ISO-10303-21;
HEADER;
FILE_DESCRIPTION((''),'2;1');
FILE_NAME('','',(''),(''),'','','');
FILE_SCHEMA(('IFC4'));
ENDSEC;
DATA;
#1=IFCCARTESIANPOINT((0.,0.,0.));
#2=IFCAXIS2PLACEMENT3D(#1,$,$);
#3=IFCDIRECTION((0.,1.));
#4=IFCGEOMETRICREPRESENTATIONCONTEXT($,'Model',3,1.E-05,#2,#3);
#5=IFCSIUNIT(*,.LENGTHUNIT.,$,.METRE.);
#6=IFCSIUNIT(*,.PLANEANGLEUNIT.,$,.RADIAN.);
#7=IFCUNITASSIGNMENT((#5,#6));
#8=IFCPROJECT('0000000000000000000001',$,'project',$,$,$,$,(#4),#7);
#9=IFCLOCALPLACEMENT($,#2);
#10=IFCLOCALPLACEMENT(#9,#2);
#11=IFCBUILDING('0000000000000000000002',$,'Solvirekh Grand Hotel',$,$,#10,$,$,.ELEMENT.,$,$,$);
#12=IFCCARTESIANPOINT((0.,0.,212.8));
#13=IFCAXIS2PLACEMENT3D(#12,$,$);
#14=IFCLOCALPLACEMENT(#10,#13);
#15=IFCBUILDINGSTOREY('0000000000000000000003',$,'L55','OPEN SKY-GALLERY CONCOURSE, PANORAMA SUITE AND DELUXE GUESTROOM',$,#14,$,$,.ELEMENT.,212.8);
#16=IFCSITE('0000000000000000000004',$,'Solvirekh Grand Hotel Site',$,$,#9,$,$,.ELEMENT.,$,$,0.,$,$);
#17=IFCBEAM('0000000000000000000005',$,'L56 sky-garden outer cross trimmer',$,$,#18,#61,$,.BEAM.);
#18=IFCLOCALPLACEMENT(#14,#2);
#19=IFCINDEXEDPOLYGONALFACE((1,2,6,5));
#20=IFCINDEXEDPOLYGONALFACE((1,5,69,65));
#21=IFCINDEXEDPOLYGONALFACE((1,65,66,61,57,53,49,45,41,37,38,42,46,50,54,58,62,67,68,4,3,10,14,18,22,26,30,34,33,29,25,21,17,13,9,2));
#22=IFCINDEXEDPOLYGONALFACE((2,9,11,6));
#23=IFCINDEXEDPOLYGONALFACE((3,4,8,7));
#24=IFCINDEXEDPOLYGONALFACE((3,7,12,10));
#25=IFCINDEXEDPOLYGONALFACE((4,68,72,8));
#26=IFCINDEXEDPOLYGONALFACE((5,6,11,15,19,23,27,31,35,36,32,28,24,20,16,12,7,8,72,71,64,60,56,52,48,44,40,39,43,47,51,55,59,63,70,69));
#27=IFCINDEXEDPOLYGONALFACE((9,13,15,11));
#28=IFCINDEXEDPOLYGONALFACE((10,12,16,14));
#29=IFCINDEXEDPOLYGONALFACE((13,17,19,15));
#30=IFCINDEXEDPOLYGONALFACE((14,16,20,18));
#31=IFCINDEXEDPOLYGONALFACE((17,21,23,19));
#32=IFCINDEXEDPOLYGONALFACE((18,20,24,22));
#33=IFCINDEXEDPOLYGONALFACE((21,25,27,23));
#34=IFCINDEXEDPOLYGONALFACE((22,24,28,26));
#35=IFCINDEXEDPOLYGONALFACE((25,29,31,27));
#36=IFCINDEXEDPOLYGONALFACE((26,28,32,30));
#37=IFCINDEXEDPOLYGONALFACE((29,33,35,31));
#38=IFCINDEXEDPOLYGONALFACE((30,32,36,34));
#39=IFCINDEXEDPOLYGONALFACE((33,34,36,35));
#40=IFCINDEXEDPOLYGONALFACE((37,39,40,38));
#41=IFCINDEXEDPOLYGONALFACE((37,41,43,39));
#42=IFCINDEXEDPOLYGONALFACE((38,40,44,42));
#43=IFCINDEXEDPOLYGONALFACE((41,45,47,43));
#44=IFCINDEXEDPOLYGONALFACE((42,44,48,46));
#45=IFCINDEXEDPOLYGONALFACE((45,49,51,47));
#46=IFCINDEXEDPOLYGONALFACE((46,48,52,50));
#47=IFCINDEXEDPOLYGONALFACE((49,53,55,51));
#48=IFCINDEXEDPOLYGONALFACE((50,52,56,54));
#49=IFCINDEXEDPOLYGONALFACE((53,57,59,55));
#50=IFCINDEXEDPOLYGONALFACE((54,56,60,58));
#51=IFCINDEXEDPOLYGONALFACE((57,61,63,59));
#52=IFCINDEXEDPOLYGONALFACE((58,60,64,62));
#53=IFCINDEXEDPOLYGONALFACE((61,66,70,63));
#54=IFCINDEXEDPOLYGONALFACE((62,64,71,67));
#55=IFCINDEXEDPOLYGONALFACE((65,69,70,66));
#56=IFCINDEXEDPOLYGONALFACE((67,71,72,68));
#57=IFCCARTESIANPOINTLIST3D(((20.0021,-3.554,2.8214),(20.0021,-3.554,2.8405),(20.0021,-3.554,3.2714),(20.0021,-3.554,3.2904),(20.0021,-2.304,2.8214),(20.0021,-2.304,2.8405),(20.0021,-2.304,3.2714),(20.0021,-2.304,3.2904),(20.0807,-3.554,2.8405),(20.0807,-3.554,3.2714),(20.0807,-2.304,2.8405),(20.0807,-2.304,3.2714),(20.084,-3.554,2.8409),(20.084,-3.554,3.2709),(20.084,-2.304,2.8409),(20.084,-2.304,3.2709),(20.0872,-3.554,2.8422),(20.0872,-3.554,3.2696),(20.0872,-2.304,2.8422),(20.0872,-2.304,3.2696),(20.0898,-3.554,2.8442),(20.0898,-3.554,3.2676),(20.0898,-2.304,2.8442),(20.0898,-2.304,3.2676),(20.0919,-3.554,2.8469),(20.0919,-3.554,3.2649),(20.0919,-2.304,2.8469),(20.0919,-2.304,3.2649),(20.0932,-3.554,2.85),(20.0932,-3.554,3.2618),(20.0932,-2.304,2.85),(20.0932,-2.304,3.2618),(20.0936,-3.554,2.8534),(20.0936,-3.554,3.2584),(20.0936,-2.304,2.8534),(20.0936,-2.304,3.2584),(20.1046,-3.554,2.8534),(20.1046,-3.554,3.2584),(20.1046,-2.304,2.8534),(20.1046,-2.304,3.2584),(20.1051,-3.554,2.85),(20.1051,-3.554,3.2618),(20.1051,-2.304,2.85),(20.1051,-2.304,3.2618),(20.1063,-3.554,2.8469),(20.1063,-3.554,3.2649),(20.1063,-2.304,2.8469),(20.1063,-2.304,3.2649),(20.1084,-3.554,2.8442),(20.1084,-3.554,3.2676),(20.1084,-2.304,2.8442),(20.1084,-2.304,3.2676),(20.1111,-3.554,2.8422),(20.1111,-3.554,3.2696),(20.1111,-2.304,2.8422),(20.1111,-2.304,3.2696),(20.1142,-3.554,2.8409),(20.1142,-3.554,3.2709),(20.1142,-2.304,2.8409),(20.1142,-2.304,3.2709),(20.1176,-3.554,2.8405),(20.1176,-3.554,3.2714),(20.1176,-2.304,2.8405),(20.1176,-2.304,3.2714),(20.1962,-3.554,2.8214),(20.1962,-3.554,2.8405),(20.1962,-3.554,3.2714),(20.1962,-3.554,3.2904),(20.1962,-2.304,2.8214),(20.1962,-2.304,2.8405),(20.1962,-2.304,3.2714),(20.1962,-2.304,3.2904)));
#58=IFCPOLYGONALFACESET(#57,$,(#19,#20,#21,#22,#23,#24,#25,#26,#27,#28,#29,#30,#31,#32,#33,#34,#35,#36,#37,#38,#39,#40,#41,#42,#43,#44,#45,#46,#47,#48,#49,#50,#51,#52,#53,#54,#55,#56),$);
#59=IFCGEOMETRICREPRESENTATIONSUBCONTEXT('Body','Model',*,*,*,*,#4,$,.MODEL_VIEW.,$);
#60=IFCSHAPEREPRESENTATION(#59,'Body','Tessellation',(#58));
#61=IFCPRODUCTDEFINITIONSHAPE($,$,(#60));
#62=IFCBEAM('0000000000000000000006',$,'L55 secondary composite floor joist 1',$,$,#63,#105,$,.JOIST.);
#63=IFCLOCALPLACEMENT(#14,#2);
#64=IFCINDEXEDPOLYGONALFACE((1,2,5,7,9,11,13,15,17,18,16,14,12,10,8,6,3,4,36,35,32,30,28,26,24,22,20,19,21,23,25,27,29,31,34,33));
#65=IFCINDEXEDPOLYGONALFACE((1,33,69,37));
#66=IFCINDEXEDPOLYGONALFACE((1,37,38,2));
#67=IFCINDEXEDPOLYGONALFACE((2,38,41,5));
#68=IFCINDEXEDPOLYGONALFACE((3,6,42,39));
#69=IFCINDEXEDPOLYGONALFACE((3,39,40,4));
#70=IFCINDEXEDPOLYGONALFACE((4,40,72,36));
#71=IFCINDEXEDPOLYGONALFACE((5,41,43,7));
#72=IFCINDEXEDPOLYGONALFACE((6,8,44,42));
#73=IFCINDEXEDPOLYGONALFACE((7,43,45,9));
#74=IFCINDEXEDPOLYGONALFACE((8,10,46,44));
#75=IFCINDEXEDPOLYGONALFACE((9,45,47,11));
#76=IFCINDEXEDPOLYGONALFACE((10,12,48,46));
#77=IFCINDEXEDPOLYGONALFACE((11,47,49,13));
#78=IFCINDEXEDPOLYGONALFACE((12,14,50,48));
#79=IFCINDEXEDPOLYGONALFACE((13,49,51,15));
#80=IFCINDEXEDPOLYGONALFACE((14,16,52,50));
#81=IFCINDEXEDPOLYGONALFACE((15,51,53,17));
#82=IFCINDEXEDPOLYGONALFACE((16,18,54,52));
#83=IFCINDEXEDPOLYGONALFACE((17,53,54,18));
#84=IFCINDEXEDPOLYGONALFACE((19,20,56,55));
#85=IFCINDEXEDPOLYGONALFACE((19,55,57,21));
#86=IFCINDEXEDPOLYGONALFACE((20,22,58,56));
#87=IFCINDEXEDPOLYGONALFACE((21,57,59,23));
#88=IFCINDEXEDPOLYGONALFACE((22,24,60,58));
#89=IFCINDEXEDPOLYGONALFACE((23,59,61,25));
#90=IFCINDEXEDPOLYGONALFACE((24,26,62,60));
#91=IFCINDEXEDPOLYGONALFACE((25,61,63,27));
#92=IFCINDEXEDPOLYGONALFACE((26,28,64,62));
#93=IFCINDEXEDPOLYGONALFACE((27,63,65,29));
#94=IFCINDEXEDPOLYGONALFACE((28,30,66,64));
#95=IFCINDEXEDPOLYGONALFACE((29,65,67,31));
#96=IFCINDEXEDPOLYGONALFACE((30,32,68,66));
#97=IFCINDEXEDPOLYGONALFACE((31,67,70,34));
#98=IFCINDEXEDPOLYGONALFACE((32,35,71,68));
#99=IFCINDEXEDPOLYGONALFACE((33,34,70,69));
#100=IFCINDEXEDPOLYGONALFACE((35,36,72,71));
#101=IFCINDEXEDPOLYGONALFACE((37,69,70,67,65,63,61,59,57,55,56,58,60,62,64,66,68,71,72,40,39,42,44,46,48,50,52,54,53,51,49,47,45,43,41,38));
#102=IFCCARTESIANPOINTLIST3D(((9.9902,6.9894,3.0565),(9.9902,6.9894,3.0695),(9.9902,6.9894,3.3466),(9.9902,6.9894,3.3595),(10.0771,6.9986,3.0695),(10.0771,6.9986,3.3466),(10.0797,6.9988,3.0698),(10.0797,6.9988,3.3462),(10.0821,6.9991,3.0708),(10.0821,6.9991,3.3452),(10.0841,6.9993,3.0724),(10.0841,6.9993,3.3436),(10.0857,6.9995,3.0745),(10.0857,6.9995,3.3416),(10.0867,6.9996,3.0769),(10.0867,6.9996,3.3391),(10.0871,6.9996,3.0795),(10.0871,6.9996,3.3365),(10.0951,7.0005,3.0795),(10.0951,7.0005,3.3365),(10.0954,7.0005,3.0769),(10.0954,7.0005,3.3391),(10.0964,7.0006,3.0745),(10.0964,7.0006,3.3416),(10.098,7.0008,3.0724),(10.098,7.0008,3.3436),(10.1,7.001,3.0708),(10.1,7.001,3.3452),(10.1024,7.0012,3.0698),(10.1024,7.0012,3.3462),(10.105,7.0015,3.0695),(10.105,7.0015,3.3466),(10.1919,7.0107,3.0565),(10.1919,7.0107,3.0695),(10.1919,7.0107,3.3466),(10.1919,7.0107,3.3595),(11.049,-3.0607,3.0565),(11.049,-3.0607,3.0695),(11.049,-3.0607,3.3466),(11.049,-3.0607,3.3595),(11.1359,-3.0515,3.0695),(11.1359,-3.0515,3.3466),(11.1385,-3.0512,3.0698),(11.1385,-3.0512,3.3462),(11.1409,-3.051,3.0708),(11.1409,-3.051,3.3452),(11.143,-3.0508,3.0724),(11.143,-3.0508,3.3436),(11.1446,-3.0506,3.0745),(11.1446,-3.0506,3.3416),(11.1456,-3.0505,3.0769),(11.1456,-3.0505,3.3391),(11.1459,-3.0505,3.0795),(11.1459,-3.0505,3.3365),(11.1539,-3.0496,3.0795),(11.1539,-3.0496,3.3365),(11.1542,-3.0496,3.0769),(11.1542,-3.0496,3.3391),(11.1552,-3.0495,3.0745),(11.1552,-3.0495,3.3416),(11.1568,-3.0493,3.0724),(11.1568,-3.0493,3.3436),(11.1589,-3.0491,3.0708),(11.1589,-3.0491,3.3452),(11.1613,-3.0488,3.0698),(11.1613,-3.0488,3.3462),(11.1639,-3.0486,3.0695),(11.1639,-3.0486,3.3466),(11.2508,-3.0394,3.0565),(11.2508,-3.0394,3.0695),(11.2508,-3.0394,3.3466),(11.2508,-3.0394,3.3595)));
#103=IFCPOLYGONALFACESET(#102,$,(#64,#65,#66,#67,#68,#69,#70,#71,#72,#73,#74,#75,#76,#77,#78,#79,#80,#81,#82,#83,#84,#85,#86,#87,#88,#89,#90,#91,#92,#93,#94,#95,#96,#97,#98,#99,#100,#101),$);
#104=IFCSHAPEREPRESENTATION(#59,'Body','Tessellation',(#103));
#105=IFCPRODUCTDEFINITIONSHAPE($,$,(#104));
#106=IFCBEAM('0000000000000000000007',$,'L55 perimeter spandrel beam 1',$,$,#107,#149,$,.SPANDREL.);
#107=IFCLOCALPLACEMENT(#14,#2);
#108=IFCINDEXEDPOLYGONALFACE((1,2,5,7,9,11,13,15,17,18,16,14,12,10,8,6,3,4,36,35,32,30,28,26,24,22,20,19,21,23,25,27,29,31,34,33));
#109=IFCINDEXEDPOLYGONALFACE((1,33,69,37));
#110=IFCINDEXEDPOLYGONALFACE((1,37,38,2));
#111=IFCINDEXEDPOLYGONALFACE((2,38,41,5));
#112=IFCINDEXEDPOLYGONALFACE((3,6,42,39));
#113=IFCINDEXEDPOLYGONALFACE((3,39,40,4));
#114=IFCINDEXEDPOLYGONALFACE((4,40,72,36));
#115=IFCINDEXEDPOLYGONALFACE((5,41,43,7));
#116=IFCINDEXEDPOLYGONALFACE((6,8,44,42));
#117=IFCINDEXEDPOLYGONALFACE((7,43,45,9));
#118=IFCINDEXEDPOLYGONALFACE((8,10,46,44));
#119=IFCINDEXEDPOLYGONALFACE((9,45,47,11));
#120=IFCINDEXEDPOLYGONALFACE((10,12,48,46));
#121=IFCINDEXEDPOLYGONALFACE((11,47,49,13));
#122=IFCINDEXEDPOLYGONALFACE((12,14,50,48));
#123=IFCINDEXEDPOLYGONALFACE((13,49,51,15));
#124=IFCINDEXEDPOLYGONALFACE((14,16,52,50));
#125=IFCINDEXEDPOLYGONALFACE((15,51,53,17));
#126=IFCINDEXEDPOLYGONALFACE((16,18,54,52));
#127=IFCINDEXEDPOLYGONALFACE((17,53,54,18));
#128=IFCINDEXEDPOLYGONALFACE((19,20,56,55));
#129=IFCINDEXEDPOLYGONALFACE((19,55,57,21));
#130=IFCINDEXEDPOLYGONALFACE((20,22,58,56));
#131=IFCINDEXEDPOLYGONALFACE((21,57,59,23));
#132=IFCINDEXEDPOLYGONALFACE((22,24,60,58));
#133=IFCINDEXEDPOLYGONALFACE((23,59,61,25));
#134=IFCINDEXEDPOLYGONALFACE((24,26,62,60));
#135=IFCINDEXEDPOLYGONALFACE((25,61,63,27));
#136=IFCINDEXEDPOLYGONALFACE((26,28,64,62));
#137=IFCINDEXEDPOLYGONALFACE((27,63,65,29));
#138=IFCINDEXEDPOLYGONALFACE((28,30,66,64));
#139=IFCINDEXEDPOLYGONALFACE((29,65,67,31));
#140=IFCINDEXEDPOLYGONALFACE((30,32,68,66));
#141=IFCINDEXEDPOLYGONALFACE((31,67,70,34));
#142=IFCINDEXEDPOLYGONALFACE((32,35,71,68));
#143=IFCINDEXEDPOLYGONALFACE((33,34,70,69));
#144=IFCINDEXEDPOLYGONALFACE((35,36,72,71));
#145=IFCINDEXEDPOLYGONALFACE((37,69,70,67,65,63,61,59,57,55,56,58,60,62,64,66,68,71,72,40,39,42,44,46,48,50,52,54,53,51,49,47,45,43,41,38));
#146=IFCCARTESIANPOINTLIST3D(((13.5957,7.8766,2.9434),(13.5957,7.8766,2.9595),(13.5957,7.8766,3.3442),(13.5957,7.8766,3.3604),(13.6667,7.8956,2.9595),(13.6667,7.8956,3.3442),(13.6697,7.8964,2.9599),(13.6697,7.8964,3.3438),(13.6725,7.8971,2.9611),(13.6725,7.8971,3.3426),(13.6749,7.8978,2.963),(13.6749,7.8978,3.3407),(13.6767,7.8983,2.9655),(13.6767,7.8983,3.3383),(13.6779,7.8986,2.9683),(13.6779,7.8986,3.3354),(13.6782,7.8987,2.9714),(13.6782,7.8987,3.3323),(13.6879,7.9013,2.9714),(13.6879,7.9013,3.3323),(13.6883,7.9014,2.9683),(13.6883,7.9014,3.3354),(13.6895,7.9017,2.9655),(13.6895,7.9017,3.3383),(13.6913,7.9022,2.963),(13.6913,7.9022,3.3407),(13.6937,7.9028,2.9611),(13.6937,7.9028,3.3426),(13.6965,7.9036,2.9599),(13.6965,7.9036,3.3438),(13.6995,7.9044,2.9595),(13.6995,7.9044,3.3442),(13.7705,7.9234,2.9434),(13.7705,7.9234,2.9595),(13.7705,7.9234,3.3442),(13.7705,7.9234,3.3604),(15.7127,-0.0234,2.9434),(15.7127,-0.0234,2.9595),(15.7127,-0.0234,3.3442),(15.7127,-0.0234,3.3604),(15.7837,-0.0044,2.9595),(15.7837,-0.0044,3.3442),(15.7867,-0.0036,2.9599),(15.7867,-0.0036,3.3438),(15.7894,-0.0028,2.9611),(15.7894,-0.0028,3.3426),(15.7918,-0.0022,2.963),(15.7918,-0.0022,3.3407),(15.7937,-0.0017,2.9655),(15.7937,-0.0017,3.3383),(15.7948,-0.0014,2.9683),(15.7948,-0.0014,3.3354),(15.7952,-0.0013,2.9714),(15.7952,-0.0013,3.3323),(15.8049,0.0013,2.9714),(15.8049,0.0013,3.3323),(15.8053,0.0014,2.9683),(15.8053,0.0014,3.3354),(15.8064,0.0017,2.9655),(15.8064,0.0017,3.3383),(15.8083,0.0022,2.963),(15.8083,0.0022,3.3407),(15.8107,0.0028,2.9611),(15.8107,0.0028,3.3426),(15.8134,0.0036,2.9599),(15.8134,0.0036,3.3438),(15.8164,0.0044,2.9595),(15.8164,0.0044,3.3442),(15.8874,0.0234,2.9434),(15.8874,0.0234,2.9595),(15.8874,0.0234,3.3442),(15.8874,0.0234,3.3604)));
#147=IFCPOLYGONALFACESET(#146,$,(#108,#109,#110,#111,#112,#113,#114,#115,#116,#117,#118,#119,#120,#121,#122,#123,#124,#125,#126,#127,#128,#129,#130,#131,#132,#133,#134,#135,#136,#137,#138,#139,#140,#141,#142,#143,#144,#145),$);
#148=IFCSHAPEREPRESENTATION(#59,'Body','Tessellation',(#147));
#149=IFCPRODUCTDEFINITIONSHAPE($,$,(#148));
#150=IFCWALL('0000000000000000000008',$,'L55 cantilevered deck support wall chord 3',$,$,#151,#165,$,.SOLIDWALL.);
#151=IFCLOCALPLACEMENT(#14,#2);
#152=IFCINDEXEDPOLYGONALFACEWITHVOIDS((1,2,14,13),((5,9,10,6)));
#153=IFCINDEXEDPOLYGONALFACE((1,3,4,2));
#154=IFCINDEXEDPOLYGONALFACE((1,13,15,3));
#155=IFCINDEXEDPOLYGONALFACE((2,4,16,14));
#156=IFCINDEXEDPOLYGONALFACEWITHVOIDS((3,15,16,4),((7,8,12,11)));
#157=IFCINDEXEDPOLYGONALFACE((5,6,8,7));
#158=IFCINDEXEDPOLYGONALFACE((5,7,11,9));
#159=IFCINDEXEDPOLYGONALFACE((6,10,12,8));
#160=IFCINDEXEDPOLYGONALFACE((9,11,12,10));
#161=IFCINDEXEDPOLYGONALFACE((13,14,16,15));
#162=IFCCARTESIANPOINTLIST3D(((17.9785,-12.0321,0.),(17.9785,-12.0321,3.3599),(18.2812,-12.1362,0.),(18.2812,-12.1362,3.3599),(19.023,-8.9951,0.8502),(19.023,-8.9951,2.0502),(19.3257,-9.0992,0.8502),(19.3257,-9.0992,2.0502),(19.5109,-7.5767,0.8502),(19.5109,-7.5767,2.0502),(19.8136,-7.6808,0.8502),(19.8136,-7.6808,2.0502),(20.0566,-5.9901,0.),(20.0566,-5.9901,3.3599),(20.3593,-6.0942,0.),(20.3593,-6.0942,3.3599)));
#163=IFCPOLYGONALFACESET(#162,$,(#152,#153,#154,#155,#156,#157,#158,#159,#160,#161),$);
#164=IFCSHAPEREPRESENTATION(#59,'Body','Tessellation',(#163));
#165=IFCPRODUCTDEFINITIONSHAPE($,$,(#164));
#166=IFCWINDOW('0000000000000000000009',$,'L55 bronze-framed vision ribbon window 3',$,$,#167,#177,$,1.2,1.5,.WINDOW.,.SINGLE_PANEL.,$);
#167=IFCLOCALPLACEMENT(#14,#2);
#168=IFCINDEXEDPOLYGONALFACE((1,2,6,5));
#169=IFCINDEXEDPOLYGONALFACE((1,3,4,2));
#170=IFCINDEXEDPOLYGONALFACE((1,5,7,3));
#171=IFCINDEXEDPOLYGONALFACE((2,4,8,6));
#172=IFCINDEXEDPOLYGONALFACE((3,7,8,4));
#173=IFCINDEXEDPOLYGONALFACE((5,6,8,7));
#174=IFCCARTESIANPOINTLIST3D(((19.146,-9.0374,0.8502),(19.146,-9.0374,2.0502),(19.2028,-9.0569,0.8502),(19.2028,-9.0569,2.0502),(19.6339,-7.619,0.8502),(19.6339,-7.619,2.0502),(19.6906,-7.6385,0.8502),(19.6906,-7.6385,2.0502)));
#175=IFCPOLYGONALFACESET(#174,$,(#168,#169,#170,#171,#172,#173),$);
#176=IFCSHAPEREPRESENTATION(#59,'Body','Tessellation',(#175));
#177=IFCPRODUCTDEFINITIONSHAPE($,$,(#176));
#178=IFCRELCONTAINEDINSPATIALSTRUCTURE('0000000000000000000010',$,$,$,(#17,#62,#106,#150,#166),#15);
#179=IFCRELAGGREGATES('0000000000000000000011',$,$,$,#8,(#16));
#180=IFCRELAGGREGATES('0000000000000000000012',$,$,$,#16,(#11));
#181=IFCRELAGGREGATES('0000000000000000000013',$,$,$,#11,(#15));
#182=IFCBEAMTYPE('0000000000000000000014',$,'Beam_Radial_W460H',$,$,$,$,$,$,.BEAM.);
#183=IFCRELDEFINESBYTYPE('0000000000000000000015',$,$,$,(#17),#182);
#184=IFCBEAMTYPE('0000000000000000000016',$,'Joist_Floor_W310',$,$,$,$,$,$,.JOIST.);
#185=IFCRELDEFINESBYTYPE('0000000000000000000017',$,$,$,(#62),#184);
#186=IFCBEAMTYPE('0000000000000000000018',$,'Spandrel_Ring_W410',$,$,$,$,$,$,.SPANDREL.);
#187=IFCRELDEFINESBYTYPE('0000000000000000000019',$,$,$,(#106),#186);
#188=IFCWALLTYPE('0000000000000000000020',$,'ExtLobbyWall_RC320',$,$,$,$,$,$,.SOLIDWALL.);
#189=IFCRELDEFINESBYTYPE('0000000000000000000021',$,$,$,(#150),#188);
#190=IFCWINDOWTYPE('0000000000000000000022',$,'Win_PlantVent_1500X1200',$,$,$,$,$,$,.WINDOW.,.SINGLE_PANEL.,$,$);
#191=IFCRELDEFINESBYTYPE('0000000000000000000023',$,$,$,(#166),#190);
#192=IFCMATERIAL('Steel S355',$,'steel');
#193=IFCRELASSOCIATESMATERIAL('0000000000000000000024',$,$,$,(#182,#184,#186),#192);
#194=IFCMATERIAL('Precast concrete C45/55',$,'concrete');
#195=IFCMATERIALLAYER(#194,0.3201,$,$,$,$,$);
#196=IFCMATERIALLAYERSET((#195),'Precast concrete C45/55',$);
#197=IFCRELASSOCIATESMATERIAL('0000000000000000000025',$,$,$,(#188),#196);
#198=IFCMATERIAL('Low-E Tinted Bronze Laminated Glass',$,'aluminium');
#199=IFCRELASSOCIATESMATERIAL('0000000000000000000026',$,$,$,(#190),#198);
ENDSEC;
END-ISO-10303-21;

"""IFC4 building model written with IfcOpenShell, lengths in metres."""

from ifc_helpers import new_model, si_unit, direction, frame, frame_2d, origin, origin_2d, place, context, subcontext, project, spatial, rectangle, i_section, extrude, material, layer, layer_set, material_profile, profile_set, type_object, element, fill, save


model = new_model("IFC4")

# Units and contexts
model_context = context("Model", 3, precision=1e-05, world=origin(), true_north=direction((0.0, 1.0)))
body_context = subcontext(model_context, "Body", "Model", "MODEL_VIEW")
ifc_project = project(units=[si_unit("LENGTHUNIT", "METRE"), si_unit("PLANEANGLEUNIT", "RADIAN")], contexts=[model_context])

# Site, building, storey
site_placement = place(None, origin())
site = spatial("IfcSite", under=ifc_project, at=site_placement, Name="Solvirekh Grand Hotel Site", CompositionType="ELEMENT", RefElevation=0.0)
building_placement = place(site_placement, origin())
building = spatial("IfcBuilding", under=site, at=building_placement, Name="Solvirekh Grand Hotel", CompositionType="ELEMENT")
storey_placement = place(building_placement, frame((0.0, 0.0, 212.8)))
storey = spatial("IfcBuildingStorey", under=building, at=storey_placement, Name="L55", Description="OPEN SKY-GALLERY CONCOURSE, PANORAMA SUITE AND DELUXE GUESTROOM", CompositionType="ELEMENT", Elevation=212.8)

# Beams
ifc_material_1 = material(Name="Steel S355", Category="steel")
ifc_material_profile_1 = material_profile(ifc_material_1, i_section(OverallWidth=0.1941, OverallDepth=0.469, WebThickness=0.011, FlangeThickness=0.019, FilletRadius=0.0129, at=origin_2d()), Name="W460X106")
ifc_profile_set_1 = profile_set([ifc_material_profile_1], Name="Steel S355")
beam_type_1 = type_object("IfcBeamType", Name="Beam_Radial_W460H", PredefinedType="BEAM", material=ifc_profile_set_1)
beam_1_placement = place(storey_placement, frame((20.0991, -3.554, 3.0559), z_axis=(0.0, 1.0, 0.0), x_axis=(-1.0, 0.0, 0.0)))
element("IfcBeam", 1, at=beam_1_placement, inside=storey, type_object=beam_type_1, Name="L56 sky-garden outer cross trimmer", PredefinedType="BEAM", context=body_context, shape_type="SweptSolid", body=[
    extrude(i_section(OverallWidth=0.1941, OverallDepth=0.469, WebThickness=0.011, FlangeThickness=0.019, FilletRadius=0.0129, at=origin_2d()), origin(), (0.0, 0.0, 1.0), 1.25),
])
ifc_material_profile_2 = material_profile(ifc_material_1, i_section(OverallWidth=0.2029, OverallDepth=0.303, WebThickness=0.0081, FlangeThickness=0.0129, FilletRadius=0.01, at=origin_2d()), Name="W310X60")
ifc_profile_set_2 = profile_set([ifc_material_profile_2], Name="Steel S355")
beam_type_2 = type_object("IfcBeamType", Name="Joist_Floor_W310", PredefinedType="JOIST", material=ifc_profile_set_2)
beam_2_placement = place(storey_placement, frame((11.1499, -3.05, 3.208), z_axis=(-0.104777, 0.994496, 0.0), x_axis=(-0.994496, -0.104777, 0.0)))
element("IfcBeam", 2, at=beam_2_placement, inside=storey, type_object=beam_type_2, Name="L55 secondary composite floor joist 1", PredefinedType="JOIST", context=body_context, shape_type="SweptSolid", body=[
    extrude(i_section(OverallWidth=0.2029, OverallDepth=0.303, WebThickness=0.0081, FlangeThickness=0.0129, FilletRadius=0.01, at=origin_2d()), origin(), (0.0, 0.0, 1.0), 10.1057),
])
ifc_material_profile_3 = material_profile(ifc_material_1, i_section(OverallWidth=0.1809, OverallDepth=0.417, WebThickness=0.01, FlangeThickness=0.0161, FilletRadius=0.012, at=origin_2d()), Name="W410X85")
ifc_profile_set_3 = profile_set([ifc_material_profile_3], Name="Steel S355")
beam_type_3 = type_object("IfcBeamType", Name="Spandrel_Ring_W410", PredefinedType="SPANDREL", material=ifc_profile_set_3)
beam_3_placement = place(storey_placement, frame((15.8, 0.0, 3.1519), z_axis=(-0.258839, 0.965921, 0.0), x_axis=(-0.965921, -0.258839, 0.0)))
element("IfcBeam", 3, at=beam_3_placement, inside=storey, type_object=beam_type_3, Name="L55 perimeter spandrel beam 1", PredefinedType="SPANDREL", context=body_context, shape_type="SweptSolid", body=[
    extrude(i_section(OverallWidth=0.1809, OverallDepth=0.417, WebThickness=0.01, FlangeThickness=0.0161, FilletRadius=0.012, at=origin_2d()), origin(), (0.0, 0.0, 1.0), 8.1787),
])

# Wall, opening, window
ifc_material_2 = material(Name="Precast concrete C45/55", Category="concrete")
ifc_layer_1 = layer(ifc_material_2, 0.3201)
ifc_layer_set_1 = layer_set([ifc_layer_1], Name="Precast concrete C45/55")
wall_type_1 = type_object("IfcWallType", Name="ExtLobbyWall_RC320", PredefinedType="SOLIDWALL", material=ifc_layer_set_1)
wall_1_placement = place(storey_placement, frame((20.208, -6.042, 0.0), z_axis=(0.0, 0.0, 1.0), x_axis=(-0.325246, -0.945629, 0.0)))
wall_1 = element("IfcWall", 4, at=wall_1_placement, inside=storey, type_object=wall_type_1, Name="L55 cantilevered deck support wall chord 3", PredefinedType="SOLIDWALL", context=body_context, shape_type="SweptSolid", body=[
    extrude(rectangle(XDim=6.3894, YDim=0.3201, at=frame_2d((3.1948, 0.0))), origin(), (0.0, 0.0, 1.0), 3.3599),
])
opening_1_placement = place(wall_1_placement, frame((1.678, 0.0, 0.8501)))
opening_1 = element("IfcOpeningElement", 5, at=opening_1_placement, cuts=wall_1, PredefinedType="OPENING", context=body_context, shape_type="SweptSolid", body=[
    extrude(rectangle(XDim=1.5, YDim=1.2, at=frame_2d((0.75, 0.6001))), frame((0.0, 0.1699, 0.0), z_axis=(0.0, -1.0, 0.0), x_axis=(1.0, 0.0, 0.0)), (0.0, 0.0, 1.0), 0.3401),
])
ifc_material_3 = material(Name="Low-E Tinted Bronze Laminated Glass", Category="aluminium")
window_type = type_object("IfcWindowType", Name="Win_PlantVent_1500X1200", PartitioningType="SINGLE_PANEL", PredefinedType="WINDOW", material=ifc_material_3)
window_placement = place(opening_1_placement, origin())
window = element("IfcWindow", 6, at=window_placement, inside=storey, type_object=window_type, Name="L55 bronze-framed vision ribbon window 3", OverallHeight=1.2, OverallWidth=1.5, PartitioningType="SINGLE_PANEL", PredefinedType="WINDOW", context=body_context, shape_type="SweptSolid", body=[
    extrude(rectangle(XDim=1.5, YDim=1.2, at=frame_2d((0.75, 0.6001))), frame((0.0, 0.03, 0.0), z_axis=(0.0, -1.0, 0.0), x_axis=(1.0, 0.0, 0.0)), (0.0, 0.0, 1.0), 0.0601),
])
fill(opening_1, window)

save(model, "model.ifc")
